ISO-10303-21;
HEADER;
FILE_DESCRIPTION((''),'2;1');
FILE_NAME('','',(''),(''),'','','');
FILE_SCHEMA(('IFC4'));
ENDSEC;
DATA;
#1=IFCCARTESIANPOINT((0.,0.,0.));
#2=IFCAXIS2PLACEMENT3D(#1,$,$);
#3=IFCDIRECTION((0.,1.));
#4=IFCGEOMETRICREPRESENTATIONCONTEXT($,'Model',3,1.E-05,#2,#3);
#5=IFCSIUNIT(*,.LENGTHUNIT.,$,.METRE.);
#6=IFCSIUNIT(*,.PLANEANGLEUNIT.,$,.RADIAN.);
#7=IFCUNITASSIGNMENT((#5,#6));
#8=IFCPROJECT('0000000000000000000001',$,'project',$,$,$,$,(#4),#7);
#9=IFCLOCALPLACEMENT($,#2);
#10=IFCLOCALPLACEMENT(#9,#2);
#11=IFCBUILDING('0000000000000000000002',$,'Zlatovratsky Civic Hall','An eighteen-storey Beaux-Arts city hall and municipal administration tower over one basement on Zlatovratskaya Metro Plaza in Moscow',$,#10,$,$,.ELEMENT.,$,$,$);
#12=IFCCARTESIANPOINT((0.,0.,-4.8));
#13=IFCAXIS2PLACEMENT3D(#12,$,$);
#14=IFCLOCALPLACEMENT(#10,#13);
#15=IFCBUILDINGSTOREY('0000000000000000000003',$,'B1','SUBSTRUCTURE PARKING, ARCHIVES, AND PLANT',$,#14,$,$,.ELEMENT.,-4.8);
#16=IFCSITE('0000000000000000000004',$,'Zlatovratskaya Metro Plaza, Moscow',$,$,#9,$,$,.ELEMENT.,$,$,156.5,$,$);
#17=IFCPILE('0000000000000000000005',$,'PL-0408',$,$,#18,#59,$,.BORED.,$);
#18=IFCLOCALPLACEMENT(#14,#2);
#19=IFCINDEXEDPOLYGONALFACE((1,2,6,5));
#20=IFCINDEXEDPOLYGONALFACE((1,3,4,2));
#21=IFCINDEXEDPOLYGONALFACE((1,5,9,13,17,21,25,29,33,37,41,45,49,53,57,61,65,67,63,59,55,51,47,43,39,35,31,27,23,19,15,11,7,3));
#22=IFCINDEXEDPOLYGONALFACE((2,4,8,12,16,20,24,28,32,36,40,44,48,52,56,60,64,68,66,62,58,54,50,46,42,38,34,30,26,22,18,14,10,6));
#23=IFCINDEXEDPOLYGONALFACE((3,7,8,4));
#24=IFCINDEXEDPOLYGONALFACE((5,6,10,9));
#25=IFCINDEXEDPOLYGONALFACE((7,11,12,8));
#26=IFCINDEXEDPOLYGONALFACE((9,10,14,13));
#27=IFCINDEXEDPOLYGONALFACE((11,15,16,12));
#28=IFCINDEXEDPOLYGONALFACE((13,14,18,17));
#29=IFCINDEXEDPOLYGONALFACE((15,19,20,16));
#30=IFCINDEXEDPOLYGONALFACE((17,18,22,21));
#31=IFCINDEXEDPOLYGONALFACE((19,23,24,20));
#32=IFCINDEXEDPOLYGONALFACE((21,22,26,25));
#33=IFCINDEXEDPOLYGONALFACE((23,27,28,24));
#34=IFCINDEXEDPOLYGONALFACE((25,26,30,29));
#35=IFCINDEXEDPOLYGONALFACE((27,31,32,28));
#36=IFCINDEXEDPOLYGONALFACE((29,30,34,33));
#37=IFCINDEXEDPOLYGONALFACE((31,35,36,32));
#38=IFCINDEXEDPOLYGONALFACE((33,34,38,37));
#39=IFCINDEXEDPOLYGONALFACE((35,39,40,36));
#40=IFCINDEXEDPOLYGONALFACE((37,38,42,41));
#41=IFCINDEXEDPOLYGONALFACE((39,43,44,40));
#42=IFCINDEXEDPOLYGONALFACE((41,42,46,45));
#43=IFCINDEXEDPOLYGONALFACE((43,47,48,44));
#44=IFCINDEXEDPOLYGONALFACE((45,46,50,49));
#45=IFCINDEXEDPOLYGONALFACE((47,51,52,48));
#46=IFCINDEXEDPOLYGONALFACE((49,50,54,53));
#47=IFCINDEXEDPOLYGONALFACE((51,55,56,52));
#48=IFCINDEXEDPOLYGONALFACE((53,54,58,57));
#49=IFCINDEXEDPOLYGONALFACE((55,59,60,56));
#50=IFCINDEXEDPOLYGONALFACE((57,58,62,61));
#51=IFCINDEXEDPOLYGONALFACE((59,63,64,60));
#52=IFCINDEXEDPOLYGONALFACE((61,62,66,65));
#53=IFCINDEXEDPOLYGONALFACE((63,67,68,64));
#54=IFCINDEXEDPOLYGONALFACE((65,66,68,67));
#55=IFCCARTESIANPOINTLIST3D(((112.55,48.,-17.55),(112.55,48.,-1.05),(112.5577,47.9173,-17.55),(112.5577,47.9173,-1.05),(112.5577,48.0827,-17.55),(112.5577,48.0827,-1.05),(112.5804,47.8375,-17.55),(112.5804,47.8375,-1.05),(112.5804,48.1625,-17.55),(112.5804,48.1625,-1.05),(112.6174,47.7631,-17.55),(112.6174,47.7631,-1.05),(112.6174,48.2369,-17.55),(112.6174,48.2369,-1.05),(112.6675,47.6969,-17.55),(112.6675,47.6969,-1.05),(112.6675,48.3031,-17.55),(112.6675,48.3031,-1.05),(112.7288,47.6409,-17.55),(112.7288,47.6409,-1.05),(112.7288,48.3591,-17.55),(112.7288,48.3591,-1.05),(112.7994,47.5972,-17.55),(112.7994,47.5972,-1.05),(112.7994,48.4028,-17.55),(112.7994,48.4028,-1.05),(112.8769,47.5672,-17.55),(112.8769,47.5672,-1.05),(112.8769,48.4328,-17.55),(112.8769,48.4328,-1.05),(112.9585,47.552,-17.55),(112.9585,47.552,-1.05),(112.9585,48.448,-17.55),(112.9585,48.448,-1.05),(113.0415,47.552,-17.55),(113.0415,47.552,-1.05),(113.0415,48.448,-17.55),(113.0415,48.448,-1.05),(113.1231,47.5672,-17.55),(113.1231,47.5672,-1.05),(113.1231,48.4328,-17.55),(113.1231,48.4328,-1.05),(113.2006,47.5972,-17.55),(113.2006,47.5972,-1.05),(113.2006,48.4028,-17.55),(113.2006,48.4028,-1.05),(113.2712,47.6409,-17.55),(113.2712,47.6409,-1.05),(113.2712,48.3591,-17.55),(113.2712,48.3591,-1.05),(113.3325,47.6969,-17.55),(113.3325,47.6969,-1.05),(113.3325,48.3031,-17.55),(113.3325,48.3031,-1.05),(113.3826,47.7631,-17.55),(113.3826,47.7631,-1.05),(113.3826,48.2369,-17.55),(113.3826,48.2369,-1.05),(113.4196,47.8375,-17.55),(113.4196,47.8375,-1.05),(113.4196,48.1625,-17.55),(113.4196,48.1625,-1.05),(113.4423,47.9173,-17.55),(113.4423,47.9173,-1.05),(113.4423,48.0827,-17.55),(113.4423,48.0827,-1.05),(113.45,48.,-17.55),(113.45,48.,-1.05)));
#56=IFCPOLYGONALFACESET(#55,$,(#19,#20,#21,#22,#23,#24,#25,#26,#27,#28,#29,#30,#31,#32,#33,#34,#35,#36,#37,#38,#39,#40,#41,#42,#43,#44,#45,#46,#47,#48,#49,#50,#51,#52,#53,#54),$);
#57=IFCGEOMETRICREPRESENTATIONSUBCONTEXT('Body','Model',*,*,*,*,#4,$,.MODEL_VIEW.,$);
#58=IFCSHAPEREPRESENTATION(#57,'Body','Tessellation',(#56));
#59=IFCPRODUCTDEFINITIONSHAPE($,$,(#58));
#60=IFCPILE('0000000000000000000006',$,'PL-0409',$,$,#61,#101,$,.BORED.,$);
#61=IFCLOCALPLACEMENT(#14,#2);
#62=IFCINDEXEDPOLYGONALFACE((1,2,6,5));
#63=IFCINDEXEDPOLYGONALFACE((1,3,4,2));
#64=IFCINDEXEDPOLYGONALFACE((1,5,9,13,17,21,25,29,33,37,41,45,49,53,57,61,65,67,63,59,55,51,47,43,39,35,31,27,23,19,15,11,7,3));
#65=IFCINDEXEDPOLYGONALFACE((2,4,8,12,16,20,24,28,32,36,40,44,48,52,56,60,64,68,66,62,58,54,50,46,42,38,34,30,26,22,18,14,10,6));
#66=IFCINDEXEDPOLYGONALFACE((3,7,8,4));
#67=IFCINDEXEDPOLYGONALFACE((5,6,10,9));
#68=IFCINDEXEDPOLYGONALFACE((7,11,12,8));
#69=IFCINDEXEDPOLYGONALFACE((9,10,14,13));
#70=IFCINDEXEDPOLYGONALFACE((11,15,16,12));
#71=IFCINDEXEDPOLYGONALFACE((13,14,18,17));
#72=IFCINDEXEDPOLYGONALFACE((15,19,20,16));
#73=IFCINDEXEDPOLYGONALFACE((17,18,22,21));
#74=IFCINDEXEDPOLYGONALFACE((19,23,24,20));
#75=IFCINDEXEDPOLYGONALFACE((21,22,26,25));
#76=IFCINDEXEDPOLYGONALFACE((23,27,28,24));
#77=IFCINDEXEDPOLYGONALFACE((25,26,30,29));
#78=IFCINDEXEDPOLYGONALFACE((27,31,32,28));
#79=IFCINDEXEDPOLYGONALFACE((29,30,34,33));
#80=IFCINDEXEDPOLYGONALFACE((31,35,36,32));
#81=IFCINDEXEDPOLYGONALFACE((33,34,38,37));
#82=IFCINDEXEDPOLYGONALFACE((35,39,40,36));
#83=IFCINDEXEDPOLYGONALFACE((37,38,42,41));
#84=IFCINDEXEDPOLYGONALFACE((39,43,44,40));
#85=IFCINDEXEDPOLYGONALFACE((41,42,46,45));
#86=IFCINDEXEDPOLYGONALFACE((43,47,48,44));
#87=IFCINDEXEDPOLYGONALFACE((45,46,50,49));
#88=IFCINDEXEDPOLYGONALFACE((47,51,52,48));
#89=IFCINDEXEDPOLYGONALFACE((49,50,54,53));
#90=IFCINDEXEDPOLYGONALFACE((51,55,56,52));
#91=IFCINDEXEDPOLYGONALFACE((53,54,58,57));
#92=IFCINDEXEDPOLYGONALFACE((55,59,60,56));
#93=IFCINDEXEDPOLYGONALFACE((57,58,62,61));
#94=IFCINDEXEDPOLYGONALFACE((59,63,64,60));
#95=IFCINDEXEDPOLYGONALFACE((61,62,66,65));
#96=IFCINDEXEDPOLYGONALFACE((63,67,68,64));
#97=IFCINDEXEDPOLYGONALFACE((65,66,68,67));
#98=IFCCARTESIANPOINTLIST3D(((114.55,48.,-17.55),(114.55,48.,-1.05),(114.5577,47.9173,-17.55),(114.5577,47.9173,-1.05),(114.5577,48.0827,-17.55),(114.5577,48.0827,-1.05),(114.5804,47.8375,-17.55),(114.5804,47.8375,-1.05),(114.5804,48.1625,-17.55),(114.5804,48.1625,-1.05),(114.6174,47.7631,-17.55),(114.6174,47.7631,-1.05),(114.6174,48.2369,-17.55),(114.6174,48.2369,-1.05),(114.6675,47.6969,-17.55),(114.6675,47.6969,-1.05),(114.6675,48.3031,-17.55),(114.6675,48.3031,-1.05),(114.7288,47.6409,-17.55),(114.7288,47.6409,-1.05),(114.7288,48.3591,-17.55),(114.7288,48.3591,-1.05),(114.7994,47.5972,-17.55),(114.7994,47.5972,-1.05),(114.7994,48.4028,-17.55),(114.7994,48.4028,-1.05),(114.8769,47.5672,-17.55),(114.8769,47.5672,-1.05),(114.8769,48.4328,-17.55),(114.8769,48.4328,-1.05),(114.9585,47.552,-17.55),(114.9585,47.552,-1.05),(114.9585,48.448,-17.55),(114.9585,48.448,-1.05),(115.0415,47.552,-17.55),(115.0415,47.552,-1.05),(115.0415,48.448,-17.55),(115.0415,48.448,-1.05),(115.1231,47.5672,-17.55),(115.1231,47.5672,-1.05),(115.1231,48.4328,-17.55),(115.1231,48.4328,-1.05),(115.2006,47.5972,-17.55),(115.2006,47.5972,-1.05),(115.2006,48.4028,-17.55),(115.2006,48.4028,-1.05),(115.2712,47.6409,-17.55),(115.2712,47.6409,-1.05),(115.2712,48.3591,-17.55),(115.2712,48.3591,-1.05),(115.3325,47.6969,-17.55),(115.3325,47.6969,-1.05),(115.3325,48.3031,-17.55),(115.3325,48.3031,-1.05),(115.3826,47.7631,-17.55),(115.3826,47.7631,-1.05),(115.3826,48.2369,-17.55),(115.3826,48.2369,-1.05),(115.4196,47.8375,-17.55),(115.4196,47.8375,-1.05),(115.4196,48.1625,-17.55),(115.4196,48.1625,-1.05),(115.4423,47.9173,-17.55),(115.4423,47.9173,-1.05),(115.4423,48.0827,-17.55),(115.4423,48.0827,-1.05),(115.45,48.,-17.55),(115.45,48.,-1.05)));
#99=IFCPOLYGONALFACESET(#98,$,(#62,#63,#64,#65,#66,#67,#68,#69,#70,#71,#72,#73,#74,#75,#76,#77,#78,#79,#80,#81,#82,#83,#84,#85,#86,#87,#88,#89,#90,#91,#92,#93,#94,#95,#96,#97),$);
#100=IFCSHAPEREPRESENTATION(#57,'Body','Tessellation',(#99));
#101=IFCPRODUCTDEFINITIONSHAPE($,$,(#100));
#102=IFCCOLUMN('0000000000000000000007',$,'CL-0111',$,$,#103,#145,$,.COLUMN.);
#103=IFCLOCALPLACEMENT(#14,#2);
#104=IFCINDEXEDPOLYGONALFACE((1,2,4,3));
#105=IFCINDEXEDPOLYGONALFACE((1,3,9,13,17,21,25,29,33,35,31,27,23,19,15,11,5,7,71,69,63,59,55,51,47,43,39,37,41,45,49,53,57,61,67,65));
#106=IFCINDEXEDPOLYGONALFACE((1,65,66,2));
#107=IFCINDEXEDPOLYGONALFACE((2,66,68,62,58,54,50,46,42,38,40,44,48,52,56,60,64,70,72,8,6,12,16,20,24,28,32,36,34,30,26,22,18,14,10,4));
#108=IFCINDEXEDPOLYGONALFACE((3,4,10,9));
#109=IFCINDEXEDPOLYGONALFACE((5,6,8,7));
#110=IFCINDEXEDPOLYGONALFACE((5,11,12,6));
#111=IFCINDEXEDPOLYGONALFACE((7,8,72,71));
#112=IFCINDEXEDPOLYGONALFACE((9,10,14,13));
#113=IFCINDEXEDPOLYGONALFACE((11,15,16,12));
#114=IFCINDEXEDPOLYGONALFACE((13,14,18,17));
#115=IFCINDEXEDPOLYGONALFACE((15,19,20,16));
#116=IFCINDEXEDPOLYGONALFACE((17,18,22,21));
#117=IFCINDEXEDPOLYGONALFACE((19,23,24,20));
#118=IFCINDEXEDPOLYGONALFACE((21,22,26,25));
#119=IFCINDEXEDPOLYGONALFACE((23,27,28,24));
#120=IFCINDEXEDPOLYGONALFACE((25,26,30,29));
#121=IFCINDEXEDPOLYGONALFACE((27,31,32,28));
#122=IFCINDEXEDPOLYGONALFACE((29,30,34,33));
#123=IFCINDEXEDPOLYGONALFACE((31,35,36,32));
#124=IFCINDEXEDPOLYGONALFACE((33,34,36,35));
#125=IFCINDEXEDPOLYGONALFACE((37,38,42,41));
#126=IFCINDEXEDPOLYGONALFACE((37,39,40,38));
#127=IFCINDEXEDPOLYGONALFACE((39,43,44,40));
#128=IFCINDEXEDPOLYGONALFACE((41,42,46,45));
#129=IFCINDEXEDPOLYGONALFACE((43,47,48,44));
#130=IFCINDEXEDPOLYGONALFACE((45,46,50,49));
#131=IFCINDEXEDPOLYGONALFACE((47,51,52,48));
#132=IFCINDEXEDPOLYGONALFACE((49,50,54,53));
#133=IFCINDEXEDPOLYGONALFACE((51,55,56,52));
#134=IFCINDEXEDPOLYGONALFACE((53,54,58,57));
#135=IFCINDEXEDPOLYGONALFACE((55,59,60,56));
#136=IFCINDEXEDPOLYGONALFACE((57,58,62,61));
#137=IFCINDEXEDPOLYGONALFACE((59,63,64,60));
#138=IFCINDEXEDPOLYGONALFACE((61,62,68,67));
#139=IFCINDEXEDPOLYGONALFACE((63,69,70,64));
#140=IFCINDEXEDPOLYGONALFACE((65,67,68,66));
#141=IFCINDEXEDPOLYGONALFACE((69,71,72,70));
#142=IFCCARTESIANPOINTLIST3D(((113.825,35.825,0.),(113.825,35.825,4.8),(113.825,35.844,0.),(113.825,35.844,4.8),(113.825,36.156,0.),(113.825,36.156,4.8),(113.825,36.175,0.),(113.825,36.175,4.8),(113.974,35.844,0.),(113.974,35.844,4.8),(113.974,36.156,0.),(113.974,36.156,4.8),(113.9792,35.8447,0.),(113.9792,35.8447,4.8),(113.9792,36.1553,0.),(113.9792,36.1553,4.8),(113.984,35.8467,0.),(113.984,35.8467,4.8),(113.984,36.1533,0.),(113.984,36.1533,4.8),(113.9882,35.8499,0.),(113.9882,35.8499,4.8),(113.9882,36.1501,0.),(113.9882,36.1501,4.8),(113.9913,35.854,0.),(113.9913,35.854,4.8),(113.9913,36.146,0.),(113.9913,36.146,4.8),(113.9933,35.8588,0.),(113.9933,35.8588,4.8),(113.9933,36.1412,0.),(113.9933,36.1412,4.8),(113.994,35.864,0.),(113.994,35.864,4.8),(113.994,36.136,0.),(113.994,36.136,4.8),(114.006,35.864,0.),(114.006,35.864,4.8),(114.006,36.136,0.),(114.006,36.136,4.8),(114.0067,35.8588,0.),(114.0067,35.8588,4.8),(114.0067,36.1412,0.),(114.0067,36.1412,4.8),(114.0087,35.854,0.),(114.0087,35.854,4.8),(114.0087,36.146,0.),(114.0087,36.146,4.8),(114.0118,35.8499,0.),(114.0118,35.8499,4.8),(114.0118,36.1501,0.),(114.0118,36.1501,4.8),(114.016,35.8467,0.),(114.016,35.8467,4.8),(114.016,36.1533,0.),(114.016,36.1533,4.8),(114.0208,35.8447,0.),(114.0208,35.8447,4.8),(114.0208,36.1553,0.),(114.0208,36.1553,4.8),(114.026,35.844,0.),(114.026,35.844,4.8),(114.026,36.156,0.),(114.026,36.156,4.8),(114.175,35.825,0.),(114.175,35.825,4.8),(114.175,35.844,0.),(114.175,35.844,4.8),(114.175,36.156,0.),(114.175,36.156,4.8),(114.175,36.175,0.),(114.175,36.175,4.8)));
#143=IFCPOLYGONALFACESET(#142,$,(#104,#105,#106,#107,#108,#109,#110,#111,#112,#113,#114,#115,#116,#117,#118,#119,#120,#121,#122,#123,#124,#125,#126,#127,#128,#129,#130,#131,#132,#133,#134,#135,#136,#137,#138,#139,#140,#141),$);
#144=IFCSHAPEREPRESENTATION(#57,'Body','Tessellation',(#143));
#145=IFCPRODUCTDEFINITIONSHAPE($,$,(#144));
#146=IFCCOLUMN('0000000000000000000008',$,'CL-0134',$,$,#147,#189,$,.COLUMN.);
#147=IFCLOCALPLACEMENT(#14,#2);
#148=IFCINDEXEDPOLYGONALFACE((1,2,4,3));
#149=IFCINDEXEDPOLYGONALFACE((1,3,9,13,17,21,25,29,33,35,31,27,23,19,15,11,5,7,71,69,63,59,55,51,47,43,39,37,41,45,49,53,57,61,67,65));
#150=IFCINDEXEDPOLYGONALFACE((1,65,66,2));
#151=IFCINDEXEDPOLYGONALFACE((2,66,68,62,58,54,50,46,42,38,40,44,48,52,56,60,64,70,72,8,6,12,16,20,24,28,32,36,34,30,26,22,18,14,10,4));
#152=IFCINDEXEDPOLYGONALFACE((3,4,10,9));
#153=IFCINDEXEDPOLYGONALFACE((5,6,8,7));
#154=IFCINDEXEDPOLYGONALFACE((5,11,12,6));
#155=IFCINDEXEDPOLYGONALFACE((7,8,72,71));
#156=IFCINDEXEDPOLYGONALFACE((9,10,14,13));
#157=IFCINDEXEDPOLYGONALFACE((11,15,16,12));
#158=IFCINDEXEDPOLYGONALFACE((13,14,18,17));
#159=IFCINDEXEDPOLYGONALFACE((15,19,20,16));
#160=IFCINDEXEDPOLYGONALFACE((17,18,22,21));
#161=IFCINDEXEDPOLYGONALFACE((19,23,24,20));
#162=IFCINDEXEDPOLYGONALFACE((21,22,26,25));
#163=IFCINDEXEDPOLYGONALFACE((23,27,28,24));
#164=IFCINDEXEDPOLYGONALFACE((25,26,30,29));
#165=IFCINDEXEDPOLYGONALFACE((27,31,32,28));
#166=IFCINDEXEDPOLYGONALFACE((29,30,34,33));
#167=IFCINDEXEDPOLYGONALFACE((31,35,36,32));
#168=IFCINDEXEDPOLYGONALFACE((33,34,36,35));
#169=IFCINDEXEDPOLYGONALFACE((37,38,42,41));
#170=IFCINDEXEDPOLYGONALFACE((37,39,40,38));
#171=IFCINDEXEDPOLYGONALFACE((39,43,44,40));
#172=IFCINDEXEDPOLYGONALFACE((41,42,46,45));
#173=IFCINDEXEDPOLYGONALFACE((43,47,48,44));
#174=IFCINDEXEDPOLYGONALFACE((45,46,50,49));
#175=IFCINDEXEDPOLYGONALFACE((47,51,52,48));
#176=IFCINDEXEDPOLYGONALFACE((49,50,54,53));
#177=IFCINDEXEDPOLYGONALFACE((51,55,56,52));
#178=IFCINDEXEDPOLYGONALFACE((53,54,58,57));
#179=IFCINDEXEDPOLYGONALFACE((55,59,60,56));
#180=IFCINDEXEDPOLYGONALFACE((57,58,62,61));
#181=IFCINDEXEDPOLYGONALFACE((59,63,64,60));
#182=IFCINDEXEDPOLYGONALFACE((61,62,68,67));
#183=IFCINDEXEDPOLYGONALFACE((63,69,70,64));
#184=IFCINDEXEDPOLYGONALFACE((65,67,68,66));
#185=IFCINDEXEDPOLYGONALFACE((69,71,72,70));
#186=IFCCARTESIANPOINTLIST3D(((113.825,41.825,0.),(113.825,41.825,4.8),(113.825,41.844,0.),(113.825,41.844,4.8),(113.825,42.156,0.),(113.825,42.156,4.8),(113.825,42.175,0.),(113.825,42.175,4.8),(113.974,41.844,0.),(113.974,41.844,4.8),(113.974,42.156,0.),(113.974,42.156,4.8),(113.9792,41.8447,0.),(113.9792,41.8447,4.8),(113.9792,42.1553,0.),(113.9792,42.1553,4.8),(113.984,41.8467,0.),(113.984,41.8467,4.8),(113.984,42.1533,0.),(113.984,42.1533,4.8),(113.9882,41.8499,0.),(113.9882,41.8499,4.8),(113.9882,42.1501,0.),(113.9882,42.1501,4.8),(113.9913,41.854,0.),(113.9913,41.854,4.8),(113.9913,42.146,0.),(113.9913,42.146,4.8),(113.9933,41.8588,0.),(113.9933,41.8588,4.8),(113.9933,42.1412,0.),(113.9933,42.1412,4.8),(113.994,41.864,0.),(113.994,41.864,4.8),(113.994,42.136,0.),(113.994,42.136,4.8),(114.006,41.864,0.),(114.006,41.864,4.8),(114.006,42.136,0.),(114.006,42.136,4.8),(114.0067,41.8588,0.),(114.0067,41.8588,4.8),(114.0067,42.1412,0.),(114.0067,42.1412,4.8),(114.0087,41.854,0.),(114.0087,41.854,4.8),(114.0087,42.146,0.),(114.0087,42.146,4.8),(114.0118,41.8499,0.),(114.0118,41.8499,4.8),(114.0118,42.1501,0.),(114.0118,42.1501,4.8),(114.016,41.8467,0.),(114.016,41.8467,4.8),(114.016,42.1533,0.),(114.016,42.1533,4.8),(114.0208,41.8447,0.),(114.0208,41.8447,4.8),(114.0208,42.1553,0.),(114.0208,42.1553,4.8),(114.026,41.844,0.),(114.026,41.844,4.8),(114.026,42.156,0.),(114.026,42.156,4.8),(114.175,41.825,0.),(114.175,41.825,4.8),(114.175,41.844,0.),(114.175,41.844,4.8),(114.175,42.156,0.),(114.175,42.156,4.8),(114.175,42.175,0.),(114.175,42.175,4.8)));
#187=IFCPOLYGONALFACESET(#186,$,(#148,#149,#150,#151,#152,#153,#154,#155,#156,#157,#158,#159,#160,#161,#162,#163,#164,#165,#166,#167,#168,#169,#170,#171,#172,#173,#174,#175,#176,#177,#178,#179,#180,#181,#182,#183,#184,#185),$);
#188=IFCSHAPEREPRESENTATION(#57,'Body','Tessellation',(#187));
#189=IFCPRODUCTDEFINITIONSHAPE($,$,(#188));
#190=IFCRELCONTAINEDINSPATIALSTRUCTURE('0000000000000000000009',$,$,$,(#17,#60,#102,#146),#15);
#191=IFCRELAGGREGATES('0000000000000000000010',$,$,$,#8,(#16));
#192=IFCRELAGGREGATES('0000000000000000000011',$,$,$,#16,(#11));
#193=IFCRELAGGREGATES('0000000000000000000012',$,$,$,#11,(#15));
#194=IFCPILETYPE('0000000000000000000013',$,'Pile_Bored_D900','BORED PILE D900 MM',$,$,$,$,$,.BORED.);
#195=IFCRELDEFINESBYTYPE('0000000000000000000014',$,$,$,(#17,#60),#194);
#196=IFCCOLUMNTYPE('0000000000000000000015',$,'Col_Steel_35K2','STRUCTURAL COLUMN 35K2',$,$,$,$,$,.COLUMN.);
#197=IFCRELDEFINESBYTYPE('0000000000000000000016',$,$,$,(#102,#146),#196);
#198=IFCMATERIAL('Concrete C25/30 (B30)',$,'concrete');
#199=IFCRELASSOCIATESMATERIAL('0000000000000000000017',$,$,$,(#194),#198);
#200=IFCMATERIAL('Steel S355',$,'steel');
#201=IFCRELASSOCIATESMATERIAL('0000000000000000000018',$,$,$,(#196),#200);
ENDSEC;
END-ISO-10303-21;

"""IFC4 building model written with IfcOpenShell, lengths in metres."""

from ifc_helpers import new_model, si_unit, direction, frame, origin, origin_2d, place, context, subcontext, project, spatial, circle, i_section, extrude, material, material_profile, profile_set, type_object, element, save


model = new_model("IFC4")

# Units and contexts
model_context = context("Model", 3, precision=1e-05, world=origin(), true_north=direction((0.0, 1.0)))
body_context = subcontext(model_context, "Body", "Model", "MODEL_VIEW")
ifc_project = project(units=[si_unit("LENGTHUNIT", "METRE"), si_unit("PLANEANGLEUNIT", "RADIAN")], contexts=[model_context])

# Site, building, storey
site_placement = place(None, origin())
site = spatial("IfcSite", under=ifc_project, at=site_placement, Name="Zlatovratskaya Metro Plaza, Moscow", CompositionType="ELEMENT", RefElevation=156.5)
building_placement = place(site_placement, origin())
building = spatial("IfcBuilding", under=site, at=building_placement, Name="Zlatovratsky Civic Hall", Description="An eighteen-storey Beaux-Arts city hall and municipal administration tower over one basement on Zlatovratskaya Metro Plaza in Moscow", CompositionType="ELEMENT")
storey_placement = place(building_placement, frame((0.0, 0.0, -4.8)))
storey = spatial("IfcBuildingStorey", under=building, at=storey_placement, Name="B1", Description="SUBSTRUCTURE PARKING, ARCHIVES, AND PLANT", CompositionType="ELEMENT", Elevation=-4.8)

# Shared definitions
ifc_material_1 = material(Name="Concrete C25/30 (B30)", Category="concrete")

# Piles
ifc_material_profile_1 = material_profile(ifc_material_1, circle(Radius=0.45, at=origin_2d()), Name="PILE D900")
ifc_profile_set_1 = profile_set([ifc_material_profile_1], Name="Concrete C25/30 (B30)")
pile_type_1 = type_object("IfcPileType", Name="Pile_Bored_D900", Description="BORED PILE D900 MM", PredefinedType="BORED", material=ifc_profile_set_1)
for number, where, z_axis, x_axis, name in (
    (1, (113.0, 48.0, -1.05), (0.0, 0.0, -1.0), (1.0, 0.0, 0.0), "PL-0408"),
    (2, (115.0, 48.0, -1.05), (0.0, 0.0, -1.0), (1.0, 0.0, 0.0), "PL-0409"),
):
    element("IfcPile", number, at=place(storey_placement, frame(where, z_axis=z_axis, x_axis=x_axis)), inside=storey, type_object=pile_type_1, Name=name, PredefinedType="BORED", context=body_context, shape_type="SweptSolid", body=[
        extrude(circle(Radius=0.45, at=origin_2d()), origin(), (0.0, 0.0, 1.0), 16.5),
    ])

# Columns
ifc_material_2 = material(Name="Steel S355", Category="steel")
ifc_material_profile_2 = material_profile(ifc_material_2, i_section(OverallWidth=0.3501, OverallDepth=0.3501, WebThickness=0.012, FlangeThickness=0.019, FilletRadius=0.02, at=origin_2d()), Name="35K2")
ifc_profile_set_2 = profile_set([ifc_material_profile_2], Name="Steel S355")
column_type = type_object("IfcColumnType", Name="Col_Steel_35K2", Description="STRUCTURAL COLUMN 35K2", PredefinedType="COLUMN", material=ifc_profile_set_2)
for number, where, z_axis, x_axis, name in (
    (3, (114.0, 36.0, 0.0), (0.0, 0.0, 1.0), (1.0, 0.0, 0.0), "CL-0111"),
    (4, (114.0, 42.0, 0.0), (0.0, 0.0, 1.0), (1.0, 0.0, 0.0), "CL-0134"),
):
    element("IfcColumn", number, at=place(storey_placement, frame(where, z_axis=z_axis, x_axis=x_axis)), inside=storey, type_object=column_type, Name=name, PredefinedType="COLUMN", context=body_context, shape_type="SweptSolid", body=[
        extrude(i_section(OverallWidth=0.3501, OverallDepth=0.3501, WebThickness=0.012, FlangeThickness=0.019, FilletRadius=0.02, at=origin_2d()), origin(), (0.0, 0.0, 1.0), 4.8),
    ])

save(model, "model.ifc")
